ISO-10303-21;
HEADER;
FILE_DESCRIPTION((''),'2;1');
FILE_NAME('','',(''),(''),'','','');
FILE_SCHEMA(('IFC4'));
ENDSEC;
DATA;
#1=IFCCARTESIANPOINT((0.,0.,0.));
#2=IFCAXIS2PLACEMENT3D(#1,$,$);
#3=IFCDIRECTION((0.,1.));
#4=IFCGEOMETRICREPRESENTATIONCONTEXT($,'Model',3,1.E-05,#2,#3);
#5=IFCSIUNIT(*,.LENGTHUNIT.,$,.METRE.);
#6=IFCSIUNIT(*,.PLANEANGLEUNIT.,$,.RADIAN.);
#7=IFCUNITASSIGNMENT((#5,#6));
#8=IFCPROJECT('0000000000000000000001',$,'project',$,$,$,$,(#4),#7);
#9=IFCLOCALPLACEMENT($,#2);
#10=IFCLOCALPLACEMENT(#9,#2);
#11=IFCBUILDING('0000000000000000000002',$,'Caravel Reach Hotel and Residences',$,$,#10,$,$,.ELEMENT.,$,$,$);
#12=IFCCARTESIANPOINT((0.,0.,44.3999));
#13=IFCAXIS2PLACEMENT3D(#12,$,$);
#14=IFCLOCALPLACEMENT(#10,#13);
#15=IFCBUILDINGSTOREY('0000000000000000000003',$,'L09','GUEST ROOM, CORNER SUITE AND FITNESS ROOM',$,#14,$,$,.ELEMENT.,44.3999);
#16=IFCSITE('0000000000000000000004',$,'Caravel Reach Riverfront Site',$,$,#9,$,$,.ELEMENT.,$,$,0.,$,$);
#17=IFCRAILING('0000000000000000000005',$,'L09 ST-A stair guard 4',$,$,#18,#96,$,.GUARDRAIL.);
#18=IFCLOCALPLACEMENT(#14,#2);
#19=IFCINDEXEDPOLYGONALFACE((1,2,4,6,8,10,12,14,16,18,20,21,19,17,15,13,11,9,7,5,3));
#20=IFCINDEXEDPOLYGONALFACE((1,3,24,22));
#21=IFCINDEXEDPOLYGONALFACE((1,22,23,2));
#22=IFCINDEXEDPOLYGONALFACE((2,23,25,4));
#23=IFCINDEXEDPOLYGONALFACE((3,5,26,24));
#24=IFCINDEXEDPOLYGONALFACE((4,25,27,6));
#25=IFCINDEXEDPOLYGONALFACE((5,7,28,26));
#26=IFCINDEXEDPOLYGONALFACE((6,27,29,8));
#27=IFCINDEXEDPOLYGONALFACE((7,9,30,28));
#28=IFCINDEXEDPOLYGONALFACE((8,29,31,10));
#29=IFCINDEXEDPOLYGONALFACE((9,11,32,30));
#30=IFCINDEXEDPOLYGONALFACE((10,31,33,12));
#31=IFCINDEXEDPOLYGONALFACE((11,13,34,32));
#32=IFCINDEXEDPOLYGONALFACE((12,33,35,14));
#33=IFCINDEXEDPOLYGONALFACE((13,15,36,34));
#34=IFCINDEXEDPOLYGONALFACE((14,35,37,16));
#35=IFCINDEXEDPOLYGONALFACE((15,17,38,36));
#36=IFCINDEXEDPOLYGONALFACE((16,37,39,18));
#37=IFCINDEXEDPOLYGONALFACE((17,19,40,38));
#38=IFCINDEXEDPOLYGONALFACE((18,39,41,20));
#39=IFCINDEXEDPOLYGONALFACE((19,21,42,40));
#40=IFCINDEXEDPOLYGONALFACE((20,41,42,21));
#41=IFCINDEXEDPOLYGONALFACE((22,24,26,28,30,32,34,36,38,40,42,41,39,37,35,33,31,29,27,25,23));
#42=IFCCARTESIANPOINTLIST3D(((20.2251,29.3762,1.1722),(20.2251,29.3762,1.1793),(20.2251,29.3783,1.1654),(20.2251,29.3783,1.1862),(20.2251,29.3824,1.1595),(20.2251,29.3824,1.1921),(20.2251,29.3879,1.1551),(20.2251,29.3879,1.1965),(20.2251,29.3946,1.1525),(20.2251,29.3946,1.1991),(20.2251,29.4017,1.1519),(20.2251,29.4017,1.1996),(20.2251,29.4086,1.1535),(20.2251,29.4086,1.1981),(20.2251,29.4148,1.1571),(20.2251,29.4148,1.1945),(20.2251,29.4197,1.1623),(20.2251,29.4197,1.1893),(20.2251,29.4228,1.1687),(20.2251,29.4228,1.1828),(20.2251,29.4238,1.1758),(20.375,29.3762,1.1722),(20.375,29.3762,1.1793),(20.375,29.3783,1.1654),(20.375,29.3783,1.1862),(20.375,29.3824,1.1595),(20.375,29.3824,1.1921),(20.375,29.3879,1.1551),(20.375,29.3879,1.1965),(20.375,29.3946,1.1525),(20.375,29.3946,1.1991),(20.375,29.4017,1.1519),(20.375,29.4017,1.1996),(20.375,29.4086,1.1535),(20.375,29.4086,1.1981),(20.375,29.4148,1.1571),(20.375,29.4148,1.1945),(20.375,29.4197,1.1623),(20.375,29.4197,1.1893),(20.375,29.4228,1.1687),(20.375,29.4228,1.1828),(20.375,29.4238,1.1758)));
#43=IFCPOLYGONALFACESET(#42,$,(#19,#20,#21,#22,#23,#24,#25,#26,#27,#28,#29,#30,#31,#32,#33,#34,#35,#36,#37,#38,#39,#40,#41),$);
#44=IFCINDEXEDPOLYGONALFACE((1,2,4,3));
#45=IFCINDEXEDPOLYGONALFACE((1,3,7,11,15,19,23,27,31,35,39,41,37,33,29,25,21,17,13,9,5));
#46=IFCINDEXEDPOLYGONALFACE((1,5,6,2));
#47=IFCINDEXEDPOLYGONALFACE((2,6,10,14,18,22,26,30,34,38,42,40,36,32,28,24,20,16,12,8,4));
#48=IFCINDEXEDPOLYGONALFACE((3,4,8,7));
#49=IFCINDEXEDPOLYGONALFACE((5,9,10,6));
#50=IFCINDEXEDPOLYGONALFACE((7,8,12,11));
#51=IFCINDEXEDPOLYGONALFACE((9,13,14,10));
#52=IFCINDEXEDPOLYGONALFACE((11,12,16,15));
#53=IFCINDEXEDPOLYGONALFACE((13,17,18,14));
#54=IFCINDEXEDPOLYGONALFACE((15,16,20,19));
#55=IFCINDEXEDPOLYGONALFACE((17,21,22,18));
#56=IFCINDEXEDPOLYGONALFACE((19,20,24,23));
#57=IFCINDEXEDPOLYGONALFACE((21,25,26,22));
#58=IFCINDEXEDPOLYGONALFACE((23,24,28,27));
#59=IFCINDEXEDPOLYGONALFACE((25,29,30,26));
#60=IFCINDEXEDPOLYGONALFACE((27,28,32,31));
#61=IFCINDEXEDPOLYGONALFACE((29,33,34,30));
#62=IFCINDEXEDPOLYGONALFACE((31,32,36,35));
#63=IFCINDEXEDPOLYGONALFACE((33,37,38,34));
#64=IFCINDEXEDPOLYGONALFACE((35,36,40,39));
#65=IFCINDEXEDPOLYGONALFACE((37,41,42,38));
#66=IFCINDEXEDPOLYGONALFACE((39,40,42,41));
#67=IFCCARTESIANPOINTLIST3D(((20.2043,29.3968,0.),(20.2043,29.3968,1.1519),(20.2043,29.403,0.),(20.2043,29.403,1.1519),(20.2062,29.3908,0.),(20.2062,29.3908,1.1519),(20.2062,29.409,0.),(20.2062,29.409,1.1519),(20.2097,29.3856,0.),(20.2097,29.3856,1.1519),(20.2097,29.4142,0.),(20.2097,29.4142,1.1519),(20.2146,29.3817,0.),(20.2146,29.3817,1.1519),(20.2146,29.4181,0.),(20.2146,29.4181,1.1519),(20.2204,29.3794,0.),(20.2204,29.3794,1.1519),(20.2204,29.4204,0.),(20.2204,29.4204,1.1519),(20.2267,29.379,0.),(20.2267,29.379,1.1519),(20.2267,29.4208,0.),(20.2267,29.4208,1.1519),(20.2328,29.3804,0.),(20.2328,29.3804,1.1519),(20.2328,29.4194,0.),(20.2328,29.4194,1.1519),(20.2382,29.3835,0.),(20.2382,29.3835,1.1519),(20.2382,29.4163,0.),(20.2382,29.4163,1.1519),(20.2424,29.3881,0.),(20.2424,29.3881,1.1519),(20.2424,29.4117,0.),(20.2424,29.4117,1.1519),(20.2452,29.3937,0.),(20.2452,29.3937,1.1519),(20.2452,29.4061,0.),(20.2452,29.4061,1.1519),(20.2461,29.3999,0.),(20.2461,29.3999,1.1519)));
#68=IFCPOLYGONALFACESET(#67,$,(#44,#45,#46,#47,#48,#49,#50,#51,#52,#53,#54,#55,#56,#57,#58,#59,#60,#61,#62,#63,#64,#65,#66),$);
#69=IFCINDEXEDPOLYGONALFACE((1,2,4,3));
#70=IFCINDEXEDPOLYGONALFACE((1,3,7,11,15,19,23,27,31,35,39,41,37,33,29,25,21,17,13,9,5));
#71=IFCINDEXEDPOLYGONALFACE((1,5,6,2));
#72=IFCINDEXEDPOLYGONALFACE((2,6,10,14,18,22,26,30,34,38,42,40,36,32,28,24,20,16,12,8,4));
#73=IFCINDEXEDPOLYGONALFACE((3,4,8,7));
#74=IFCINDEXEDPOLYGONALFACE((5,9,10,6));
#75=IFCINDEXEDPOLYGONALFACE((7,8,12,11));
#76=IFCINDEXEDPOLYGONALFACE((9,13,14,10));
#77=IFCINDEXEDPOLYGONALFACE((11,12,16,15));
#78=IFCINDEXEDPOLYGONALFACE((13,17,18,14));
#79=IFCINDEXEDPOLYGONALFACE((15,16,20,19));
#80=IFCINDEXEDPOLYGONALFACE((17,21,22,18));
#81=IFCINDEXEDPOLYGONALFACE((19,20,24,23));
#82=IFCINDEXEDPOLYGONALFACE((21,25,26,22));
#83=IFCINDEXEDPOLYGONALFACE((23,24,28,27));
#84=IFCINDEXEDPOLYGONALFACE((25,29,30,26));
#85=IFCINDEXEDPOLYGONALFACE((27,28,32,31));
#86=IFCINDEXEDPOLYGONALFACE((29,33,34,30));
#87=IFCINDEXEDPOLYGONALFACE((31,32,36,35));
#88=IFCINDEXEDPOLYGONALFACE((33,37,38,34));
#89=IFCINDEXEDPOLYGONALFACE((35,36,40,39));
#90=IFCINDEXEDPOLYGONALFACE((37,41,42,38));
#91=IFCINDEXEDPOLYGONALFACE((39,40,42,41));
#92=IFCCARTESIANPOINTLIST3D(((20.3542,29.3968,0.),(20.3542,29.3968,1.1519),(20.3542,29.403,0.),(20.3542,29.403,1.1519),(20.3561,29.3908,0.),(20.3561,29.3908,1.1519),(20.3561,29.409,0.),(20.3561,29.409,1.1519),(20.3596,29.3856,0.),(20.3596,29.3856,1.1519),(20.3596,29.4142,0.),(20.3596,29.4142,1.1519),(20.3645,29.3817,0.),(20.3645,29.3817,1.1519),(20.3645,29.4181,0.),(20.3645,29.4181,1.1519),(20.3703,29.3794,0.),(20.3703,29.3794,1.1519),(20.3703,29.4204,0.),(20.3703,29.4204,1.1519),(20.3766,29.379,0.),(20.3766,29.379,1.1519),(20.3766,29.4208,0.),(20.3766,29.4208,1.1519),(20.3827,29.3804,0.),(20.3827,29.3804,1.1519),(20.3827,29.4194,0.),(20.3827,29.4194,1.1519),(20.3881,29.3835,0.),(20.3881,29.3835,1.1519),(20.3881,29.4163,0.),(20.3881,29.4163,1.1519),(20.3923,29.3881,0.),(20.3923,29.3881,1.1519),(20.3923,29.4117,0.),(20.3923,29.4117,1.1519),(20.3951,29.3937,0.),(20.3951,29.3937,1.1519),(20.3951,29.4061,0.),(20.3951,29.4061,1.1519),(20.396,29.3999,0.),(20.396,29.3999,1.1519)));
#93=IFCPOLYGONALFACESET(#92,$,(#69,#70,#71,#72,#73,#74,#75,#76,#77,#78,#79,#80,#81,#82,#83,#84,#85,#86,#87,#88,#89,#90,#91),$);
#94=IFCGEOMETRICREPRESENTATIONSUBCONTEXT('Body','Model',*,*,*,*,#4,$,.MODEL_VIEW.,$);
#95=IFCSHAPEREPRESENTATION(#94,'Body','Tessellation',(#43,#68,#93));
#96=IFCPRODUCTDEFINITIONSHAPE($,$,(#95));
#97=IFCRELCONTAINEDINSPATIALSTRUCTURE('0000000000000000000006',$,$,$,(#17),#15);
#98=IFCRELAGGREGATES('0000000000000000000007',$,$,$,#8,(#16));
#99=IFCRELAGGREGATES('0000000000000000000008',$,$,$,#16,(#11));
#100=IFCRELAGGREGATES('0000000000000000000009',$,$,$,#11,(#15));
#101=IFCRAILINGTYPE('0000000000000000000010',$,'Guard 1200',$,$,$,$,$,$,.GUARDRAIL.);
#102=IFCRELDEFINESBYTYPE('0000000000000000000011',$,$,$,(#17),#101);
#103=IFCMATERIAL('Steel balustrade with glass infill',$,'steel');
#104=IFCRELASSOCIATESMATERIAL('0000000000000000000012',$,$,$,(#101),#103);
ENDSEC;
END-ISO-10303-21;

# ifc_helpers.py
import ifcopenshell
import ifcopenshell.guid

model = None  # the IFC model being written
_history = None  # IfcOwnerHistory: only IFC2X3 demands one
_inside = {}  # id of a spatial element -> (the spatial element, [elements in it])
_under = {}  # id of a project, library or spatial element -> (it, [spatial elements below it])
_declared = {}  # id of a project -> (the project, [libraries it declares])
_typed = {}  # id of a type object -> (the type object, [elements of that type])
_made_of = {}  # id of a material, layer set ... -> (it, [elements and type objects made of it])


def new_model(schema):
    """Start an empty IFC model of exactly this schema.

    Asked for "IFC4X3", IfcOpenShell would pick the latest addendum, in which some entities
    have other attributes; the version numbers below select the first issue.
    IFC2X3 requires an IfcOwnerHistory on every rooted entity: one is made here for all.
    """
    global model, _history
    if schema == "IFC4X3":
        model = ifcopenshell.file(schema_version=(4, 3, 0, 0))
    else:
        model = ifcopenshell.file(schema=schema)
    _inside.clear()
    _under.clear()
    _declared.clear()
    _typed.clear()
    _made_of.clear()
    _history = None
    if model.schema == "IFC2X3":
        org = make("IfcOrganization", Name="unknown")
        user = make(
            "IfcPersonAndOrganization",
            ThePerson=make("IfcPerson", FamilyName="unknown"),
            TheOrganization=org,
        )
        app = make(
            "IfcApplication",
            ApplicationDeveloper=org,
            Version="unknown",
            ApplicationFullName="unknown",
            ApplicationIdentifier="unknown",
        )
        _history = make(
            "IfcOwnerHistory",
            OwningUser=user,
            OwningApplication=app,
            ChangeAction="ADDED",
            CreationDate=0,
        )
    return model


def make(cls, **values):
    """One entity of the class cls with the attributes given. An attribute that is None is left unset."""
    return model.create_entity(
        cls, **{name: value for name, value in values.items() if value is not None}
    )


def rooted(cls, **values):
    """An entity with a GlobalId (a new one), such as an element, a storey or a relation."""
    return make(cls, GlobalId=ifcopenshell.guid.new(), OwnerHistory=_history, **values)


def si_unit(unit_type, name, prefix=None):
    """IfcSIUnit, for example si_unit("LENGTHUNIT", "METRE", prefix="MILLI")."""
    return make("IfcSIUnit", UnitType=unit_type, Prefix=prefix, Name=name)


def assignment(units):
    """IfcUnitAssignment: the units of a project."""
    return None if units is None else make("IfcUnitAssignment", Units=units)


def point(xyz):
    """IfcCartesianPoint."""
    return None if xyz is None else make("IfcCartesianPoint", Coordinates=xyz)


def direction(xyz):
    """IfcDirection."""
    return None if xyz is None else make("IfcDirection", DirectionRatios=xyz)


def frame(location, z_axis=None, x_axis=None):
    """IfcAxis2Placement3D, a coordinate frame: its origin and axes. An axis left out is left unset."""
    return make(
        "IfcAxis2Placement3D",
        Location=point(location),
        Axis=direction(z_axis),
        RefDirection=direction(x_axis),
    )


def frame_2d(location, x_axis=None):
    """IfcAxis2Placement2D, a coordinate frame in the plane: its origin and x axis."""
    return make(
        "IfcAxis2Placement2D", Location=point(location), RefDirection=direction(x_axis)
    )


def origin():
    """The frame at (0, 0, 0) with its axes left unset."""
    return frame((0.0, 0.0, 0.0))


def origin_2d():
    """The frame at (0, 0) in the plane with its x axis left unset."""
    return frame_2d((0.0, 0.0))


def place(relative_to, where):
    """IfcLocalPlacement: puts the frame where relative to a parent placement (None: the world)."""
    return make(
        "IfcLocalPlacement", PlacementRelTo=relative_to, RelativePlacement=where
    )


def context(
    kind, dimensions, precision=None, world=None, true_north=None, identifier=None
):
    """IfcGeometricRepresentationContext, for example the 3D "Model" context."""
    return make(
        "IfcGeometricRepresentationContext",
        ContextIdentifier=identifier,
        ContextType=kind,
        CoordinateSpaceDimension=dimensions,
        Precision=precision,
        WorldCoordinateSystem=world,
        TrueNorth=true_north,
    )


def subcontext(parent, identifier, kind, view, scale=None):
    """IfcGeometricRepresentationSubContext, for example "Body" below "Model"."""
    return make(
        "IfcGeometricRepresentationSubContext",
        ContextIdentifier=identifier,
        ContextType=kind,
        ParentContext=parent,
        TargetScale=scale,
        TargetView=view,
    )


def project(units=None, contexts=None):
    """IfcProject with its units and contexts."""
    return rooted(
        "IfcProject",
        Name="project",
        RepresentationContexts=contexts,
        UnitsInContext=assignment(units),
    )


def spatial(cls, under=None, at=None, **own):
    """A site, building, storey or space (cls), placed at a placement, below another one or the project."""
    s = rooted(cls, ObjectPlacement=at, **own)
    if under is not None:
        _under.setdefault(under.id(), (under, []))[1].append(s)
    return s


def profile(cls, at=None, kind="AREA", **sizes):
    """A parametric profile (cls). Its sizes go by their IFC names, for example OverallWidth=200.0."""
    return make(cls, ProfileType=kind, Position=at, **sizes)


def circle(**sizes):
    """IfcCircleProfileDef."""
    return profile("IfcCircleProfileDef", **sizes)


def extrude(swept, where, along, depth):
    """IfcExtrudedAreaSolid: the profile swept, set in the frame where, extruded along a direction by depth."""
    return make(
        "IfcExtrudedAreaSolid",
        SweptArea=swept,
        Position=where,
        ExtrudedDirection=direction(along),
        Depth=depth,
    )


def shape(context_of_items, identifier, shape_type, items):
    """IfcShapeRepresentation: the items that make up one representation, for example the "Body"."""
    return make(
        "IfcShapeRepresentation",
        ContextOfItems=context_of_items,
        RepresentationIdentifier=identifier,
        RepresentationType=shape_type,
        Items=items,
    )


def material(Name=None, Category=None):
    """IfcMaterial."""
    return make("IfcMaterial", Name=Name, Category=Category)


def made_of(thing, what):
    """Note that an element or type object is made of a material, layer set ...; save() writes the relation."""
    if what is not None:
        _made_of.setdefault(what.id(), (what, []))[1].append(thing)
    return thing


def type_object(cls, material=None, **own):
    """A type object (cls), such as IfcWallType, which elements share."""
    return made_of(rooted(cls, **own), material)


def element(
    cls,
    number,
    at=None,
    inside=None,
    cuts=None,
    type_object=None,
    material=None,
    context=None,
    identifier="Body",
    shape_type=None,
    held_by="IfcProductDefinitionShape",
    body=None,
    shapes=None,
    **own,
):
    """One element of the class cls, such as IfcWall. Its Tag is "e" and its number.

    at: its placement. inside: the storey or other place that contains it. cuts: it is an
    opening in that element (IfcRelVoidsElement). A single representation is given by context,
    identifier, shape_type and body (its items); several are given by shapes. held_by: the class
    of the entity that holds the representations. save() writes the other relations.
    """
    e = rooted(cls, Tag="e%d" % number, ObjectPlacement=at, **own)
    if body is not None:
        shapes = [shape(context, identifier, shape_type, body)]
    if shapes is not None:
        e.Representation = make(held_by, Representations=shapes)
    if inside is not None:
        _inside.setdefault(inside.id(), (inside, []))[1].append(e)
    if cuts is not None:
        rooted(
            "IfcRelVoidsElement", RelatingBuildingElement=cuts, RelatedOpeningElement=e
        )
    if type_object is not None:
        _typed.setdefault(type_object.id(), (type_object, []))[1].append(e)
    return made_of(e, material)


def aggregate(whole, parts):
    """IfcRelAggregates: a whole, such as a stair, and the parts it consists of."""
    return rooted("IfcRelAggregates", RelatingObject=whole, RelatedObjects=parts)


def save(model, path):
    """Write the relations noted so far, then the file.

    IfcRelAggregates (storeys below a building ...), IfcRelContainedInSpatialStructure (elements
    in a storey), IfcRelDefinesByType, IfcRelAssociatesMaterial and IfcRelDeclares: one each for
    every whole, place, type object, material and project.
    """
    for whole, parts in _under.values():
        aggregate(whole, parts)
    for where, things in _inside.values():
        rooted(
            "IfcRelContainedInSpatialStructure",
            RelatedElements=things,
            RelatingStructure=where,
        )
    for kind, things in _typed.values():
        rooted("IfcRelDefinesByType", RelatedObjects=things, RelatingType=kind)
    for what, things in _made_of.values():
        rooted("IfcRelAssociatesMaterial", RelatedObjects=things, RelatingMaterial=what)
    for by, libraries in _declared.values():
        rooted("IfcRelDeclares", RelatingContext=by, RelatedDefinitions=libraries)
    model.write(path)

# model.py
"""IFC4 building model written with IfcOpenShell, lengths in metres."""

from ifc_helpers import new_model, si_unit, direction, frame, origin, origin_2d, place, context, subcontext, project, spatial, circle, extrude, material, type_object, element, save


model = new_model("IFC4")

# Units and contexts
model_context = context("Model", 3, precision=1e-05, world=origin(), true_north=direction((0.0, 1.0)))
body_context = subcontext(model_context, "Body", "Model", "MODEL_VIEW")
ifc_project = project(units=[si_unit("LENGTHUNIT", "METRE"), si_unit("PLANEANGLEUNIT", "RADIAN")], contexts=[model_context])

# Site, building, storey
site_placement = place(None, origin())
site = spatial("IfcSite", under=ifc_project, at=site_placement, Name="Caravel Reach Riverfront Site", CompositionType="ELEMENT", RefElevation=0.0)
building_placement = place(site_placement, origin())
building = spatial("IfcBuilding", under=site, at=building_placement, Name="Caravel Reach Hotel and Residences", CompositionType="ELEMENT")
storey_placement = place(building_placement, frame((0.0, 0.0, 44.3999)))
storey = spatial("IfcBuildingStorey", under=building, at=storey_placement, Name="L09", Description="GUEST ROOM, CORNER SUITE AND FITNESS ROOM", CompositionType="ELEMENT", Elevation=44.3999)

# Railing
ifc_material_1 = material(Name="Steel balustrade with glass infill", Category="steel")
railing_type_1 = type_object("IfcRailingType", Name="Guard 1200", PredefinedType="GUARDRAIL", material=ifc_material_1)
railing_1_placement = place(storey_placement, frame((20.2251, 29.3999, 0.0)))
element("IfcRailing", 1, at=railing_1_placement, inside=storey, type_object=railing_type_1, Name="L09 ST-A stair guard 4", PredefinedType="GUARDRAIL", context=body_context, shape_type="SweptSolid", body=[
    extrude(circle(Radius=0.0239, at=origin_2d()), frame((0.0, 0.0, 1.1758), z_axis=(1.0, 0.0, 0.0), x_axis=(0.0, 1.0, 0.0)), (0.0, 0.0, 1.0), 0.1499),
    extrude(circle(Radius=0.021, at=origin_2d()), origin(), (0.0, 0.0, 1.0), 1.1519),
    extrude(circle(Radius=0.021, at=origin_2d()), frame((0.1499, 0.0, 0.0)), (0.0, 0.0, 1.0), 1.1519),
])

save(model, "model.ifc")
